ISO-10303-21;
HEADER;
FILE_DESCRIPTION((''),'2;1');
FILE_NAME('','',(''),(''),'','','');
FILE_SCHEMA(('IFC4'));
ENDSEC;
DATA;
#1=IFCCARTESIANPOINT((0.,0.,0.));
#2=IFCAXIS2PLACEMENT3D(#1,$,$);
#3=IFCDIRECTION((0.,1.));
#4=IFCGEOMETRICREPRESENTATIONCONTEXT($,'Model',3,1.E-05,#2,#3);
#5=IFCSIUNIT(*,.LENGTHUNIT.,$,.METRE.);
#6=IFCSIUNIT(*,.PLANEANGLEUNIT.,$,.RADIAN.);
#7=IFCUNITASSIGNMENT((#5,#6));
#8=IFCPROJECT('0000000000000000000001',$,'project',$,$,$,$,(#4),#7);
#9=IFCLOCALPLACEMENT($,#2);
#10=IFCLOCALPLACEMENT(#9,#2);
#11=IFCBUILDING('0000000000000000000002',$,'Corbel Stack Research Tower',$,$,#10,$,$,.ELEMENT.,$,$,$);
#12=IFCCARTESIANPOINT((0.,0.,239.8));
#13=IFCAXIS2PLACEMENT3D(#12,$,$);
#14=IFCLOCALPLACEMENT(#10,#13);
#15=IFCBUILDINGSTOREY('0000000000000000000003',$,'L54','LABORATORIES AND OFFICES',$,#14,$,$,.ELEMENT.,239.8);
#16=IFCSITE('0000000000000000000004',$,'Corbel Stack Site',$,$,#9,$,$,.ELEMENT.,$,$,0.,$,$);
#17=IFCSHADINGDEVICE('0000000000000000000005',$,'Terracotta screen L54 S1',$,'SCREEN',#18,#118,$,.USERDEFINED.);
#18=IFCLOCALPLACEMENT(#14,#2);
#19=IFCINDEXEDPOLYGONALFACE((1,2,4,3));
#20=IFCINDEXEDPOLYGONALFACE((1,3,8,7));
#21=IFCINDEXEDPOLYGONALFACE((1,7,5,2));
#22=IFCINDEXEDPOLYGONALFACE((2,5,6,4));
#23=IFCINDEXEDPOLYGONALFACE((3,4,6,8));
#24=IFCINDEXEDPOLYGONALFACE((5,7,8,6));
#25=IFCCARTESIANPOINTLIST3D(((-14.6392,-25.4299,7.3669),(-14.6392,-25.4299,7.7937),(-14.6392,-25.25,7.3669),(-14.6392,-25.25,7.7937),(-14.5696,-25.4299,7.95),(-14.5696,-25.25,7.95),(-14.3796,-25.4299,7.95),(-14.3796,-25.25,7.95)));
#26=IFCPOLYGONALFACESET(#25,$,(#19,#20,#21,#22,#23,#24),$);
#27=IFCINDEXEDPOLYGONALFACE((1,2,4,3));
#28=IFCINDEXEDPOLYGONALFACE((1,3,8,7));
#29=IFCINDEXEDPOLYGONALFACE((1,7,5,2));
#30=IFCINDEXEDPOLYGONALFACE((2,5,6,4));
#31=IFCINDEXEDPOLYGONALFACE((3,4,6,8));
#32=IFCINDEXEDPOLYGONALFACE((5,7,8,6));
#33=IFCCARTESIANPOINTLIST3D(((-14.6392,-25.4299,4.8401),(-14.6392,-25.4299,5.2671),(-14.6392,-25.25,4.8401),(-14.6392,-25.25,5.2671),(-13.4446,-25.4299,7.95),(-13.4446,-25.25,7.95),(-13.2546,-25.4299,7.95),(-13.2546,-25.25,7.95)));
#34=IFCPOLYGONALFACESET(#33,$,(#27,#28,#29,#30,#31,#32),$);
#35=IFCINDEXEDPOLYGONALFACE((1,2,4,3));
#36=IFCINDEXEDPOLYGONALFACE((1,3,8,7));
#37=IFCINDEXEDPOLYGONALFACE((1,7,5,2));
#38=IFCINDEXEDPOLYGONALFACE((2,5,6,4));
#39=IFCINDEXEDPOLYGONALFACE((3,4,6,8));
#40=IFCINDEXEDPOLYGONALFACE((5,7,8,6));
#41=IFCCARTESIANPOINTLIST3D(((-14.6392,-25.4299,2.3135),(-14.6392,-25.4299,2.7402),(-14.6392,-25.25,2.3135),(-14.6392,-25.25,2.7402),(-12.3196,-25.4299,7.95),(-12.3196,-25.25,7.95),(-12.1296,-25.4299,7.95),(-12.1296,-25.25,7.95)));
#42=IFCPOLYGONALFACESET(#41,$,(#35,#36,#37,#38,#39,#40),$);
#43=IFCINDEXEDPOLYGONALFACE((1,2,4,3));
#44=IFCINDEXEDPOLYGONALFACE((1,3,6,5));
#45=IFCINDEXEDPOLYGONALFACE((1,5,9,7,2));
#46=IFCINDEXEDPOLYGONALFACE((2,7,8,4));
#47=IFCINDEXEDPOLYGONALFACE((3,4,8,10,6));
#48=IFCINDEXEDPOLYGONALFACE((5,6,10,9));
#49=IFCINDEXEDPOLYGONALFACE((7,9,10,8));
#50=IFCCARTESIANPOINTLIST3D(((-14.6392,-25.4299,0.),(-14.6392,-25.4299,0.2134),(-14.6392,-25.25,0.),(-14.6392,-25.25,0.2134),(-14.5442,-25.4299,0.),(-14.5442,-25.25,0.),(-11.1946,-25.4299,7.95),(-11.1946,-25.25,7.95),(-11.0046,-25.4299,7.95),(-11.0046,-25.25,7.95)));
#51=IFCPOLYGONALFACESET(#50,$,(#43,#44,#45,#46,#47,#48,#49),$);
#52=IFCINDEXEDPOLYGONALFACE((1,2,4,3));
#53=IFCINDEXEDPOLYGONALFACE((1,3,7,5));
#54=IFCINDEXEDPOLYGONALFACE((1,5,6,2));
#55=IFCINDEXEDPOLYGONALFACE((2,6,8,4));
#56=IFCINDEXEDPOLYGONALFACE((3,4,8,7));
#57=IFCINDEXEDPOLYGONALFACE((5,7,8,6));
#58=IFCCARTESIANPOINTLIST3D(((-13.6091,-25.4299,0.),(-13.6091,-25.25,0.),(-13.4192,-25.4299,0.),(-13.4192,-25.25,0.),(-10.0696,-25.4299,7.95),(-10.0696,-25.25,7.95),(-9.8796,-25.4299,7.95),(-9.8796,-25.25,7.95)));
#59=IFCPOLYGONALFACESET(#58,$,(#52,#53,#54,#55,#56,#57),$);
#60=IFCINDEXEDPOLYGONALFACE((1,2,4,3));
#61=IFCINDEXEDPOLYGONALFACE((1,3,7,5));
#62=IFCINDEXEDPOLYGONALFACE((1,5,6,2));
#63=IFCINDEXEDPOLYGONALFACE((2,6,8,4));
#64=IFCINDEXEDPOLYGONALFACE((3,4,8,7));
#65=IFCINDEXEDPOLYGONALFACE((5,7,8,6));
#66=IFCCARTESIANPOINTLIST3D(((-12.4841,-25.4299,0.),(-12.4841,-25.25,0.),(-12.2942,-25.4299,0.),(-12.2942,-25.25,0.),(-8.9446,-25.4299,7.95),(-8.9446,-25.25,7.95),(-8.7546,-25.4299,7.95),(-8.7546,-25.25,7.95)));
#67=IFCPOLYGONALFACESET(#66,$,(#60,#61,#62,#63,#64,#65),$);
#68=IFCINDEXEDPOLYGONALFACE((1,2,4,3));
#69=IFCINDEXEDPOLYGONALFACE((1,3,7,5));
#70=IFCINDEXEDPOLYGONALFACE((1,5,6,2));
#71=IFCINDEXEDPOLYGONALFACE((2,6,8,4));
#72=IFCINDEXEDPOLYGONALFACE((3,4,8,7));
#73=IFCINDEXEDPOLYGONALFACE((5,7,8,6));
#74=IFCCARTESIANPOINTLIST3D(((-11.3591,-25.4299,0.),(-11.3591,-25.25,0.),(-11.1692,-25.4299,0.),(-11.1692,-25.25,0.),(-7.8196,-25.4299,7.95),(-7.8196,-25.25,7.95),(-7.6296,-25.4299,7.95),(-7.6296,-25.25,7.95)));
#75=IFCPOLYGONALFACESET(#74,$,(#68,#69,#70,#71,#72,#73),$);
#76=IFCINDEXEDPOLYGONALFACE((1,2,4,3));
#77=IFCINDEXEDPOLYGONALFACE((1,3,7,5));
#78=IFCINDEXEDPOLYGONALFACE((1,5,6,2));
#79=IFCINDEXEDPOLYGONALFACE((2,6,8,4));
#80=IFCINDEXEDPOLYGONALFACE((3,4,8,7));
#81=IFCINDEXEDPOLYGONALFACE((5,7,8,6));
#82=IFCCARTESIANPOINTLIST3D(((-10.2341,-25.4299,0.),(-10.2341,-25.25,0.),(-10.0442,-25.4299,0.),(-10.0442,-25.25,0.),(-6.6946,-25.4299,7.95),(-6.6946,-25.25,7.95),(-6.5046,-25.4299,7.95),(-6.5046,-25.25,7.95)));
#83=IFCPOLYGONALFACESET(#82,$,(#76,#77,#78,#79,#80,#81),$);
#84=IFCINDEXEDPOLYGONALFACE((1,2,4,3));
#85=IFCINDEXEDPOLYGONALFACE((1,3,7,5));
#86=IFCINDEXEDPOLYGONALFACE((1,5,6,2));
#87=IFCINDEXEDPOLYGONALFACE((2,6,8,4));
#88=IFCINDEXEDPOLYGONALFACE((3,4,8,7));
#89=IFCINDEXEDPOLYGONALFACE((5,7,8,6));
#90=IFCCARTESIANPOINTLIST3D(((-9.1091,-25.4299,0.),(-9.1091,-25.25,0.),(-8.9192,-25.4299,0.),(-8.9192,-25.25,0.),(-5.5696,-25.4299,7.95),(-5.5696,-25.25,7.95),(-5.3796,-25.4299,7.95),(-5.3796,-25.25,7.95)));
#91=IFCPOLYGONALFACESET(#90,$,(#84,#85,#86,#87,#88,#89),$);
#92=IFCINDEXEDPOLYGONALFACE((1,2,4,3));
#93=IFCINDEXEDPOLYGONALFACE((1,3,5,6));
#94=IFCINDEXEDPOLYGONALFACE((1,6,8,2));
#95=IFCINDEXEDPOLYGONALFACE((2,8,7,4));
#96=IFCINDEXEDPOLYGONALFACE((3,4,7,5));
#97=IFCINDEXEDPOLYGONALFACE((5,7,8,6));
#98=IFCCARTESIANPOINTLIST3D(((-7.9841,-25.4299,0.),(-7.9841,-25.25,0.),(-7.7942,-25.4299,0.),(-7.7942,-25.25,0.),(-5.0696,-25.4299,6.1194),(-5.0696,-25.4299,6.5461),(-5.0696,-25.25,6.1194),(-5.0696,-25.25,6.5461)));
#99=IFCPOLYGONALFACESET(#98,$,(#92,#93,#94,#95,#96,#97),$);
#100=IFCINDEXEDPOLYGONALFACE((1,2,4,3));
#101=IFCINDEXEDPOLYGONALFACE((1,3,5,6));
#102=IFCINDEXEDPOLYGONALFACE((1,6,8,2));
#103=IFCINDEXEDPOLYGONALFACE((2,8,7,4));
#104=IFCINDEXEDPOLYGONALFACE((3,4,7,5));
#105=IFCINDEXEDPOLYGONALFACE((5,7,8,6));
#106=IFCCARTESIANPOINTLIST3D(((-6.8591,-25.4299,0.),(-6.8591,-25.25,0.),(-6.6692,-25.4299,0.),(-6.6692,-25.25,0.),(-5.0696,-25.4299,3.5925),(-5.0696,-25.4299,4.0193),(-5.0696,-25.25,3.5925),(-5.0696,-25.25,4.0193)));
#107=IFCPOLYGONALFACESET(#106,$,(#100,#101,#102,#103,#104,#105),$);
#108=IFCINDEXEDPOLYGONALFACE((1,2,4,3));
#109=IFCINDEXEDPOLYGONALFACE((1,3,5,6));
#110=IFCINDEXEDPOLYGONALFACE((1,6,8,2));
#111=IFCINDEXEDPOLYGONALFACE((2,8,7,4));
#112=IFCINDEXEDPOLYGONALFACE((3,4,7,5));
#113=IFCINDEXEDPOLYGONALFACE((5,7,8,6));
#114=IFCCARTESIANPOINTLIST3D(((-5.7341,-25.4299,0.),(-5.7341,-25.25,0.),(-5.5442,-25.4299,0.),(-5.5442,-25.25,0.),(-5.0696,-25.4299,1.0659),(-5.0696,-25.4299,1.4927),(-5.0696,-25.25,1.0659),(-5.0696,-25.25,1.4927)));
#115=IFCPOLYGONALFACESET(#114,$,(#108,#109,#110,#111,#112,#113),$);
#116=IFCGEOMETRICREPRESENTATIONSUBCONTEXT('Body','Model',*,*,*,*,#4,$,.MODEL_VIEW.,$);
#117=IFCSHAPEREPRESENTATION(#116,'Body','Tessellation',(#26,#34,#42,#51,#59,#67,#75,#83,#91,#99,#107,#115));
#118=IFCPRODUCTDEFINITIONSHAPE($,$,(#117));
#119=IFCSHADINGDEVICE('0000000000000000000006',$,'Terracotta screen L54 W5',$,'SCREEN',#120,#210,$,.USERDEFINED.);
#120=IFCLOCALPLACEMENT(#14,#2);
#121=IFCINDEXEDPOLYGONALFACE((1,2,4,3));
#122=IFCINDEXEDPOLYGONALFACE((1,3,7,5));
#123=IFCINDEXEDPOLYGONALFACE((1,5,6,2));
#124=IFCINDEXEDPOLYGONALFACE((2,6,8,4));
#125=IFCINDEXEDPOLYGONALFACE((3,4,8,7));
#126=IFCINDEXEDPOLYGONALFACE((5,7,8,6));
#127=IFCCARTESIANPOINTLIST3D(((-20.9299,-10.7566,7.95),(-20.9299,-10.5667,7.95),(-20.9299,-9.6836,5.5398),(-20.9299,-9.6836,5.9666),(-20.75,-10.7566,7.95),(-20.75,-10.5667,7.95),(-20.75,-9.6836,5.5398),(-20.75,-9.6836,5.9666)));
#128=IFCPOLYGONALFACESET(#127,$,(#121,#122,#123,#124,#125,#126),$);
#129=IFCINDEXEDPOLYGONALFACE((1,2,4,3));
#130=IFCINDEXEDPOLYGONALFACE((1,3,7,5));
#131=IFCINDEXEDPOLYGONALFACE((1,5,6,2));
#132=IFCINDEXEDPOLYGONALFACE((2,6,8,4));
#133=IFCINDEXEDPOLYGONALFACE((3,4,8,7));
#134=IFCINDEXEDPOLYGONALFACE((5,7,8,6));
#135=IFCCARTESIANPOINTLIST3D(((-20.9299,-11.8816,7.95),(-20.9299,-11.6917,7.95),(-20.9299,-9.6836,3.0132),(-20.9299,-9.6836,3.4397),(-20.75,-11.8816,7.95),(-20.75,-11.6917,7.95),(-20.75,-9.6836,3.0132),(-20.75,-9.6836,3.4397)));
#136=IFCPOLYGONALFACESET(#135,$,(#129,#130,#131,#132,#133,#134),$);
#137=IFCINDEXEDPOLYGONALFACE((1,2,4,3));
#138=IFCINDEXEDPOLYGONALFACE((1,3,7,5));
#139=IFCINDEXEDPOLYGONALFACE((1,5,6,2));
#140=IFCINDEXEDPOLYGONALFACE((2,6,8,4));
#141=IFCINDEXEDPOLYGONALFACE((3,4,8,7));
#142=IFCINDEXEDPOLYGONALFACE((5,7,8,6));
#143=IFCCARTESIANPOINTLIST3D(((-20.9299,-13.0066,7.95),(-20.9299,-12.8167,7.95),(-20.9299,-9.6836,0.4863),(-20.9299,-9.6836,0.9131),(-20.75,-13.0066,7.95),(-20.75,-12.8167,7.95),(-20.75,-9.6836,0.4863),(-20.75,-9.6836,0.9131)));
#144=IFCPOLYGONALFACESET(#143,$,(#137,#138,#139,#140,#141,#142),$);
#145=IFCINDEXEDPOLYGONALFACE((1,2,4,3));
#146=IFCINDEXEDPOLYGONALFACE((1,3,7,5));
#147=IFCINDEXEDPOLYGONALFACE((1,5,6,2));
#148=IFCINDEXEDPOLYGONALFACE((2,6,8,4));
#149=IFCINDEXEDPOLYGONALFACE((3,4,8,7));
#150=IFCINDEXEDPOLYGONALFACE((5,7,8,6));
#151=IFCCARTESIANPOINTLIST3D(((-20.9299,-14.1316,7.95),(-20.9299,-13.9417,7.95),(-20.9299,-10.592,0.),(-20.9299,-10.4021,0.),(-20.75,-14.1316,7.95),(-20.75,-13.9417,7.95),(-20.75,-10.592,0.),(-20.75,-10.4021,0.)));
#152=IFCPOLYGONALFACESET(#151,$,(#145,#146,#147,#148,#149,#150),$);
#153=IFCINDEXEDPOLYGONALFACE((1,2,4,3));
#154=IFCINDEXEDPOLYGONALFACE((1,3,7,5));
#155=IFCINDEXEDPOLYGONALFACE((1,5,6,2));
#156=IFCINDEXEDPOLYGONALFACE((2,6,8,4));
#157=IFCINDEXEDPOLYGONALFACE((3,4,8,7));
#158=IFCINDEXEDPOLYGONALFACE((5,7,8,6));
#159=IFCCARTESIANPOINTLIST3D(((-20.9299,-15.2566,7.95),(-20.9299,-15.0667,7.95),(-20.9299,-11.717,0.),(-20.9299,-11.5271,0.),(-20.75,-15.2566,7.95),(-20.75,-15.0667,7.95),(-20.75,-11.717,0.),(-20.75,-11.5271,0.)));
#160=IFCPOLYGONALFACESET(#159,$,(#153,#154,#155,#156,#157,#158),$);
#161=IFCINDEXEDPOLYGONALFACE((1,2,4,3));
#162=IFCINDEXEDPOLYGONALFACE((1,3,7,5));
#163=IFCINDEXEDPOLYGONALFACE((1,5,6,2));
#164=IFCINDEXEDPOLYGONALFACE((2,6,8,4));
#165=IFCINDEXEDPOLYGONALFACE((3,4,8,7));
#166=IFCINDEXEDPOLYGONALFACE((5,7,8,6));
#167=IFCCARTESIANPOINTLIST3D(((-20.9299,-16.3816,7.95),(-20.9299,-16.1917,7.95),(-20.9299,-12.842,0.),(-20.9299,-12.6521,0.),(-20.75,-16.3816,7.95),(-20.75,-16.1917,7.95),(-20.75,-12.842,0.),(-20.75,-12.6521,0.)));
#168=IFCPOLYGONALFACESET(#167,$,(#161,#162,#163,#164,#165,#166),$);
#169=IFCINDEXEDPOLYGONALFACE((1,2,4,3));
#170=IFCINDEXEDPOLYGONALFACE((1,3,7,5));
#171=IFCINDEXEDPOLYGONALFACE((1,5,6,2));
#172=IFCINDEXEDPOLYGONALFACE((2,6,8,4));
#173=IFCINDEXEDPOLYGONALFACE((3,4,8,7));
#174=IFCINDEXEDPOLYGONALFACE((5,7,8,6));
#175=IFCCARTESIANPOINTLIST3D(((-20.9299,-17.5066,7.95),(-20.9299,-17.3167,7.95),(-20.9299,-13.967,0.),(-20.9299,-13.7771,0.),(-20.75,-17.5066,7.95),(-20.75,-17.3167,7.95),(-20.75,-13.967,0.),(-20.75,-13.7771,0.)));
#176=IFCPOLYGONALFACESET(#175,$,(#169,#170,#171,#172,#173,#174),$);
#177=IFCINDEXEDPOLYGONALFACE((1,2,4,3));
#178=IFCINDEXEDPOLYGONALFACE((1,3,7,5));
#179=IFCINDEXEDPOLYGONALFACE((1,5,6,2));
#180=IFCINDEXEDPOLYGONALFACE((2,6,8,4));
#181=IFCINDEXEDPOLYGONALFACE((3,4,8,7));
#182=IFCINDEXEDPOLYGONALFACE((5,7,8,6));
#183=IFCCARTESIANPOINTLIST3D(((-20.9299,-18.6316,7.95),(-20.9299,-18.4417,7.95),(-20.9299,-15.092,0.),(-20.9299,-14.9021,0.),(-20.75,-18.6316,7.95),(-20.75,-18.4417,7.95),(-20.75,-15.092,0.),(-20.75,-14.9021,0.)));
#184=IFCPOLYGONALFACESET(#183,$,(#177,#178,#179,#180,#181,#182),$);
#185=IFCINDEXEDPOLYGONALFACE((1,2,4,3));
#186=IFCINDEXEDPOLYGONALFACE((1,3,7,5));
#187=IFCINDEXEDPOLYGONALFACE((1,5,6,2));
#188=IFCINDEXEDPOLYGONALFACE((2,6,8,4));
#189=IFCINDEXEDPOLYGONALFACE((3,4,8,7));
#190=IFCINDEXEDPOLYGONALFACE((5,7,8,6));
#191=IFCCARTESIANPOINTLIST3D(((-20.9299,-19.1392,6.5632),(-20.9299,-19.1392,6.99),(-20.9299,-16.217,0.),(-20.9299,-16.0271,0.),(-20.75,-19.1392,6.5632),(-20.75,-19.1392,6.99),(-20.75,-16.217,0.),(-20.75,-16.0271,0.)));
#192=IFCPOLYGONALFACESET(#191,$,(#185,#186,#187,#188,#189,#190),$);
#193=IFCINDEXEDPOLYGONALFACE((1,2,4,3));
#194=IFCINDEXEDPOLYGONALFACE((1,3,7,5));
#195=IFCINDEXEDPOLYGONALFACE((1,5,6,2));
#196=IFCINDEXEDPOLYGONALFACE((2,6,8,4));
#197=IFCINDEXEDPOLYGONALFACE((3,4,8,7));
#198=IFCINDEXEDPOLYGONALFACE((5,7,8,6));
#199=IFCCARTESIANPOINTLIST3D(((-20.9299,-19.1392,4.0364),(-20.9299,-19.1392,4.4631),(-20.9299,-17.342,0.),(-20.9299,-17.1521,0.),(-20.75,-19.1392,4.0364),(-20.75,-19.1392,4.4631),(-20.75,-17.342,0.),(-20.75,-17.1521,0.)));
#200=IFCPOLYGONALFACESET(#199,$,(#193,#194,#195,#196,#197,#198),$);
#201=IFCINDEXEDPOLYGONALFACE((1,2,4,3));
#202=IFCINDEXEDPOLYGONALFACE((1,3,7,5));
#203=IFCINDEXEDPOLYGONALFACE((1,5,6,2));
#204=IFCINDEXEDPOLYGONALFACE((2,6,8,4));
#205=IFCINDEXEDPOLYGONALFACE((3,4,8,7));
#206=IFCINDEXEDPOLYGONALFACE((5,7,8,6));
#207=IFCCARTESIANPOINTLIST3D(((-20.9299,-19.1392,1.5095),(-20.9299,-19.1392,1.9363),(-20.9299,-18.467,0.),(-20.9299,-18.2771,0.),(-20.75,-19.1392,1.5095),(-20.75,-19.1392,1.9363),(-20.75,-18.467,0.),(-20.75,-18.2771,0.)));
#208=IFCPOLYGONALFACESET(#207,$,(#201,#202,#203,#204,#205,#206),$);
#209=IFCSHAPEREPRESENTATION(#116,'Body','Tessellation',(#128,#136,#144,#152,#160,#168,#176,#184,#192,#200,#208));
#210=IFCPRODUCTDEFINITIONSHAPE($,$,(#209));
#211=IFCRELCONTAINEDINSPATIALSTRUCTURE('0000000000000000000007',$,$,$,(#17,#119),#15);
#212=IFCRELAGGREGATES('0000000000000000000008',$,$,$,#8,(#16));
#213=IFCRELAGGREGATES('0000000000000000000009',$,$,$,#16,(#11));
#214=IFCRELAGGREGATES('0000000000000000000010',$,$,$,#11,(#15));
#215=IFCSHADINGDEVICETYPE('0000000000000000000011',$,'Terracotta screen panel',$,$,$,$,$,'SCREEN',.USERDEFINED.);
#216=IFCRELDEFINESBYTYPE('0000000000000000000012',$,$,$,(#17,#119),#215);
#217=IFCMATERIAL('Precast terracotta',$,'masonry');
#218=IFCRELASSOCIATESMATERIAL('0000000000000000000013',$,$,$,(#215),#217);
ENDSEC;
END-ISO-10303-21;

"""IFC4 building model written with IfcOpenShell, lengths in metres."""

from ifc_helpers import new_model, si_unit, direction, frame, origin, place, context, subcontext, project, spatial, polyline, outline, extrude, source, transform, mapped, material, type_object, element, save


model = new_model("IFC4")

# Units and contexts
model_context = context("Model", 3, precision=1e-05, world=origin(), true_north=direction((0.0, 1.0)))
body_context = subcontext(model_context, "Body", "Model", "MODEL_VIEW")
ifc_project = project(units=[si_unit("LENGTHUNIT", "METRE"), si_unit("PLANEANGLEUNIT", "RADIAN")], contexts=[model_context])

# Site, building, storey
site_placement = place(None, origin())
site = spatial("IfcSite", under=ifc_project, at=site_placement, Name="Corbel Stack Site", CompositionType="ELEMENT", RefElevation=0.0)
building_placement = place(site_placement, origin())
building = spatial("IfcBuilding", under=site, at=building_placement, Name="Corbel Stack Research Tower", CompositionType="ELEMENT")
storey_placement = place(building_placement, frame((0.0, 0.0, 239.8)))
storey = spatial("IfcBuildingStorey", under=building, at=storey_placement, Name="L54", Description="LABORATORIES AND OFFICES", CompositionType="ELEMENT", Elevation=239.8)

# Shading devices
ifc_material_1 = material(Name="Precast terracotta", Category="masonry")
shading_device_type = type_object("IfcShadingDeviceType", Name="Terracotta screen panel", ElementType="SCREEN", PredefinedType="USERDEFINED", material=ifc_material_1)
shared_shape_1 = source(origin(), body_context, "Body", "SweptSolid", [
    extrude(outline(polyline([(0.2595, 7.95), (0.0696, 7.95), (0.0, 7.7937), (0.0, 7.3669), (0.2595, 7.95)])), frame((0.0, 0.0, 0.0), z_axis=(0.0, -1.0, 0.0), x_axis=(1.0, 0.0, 0.0)), (0.0, 0.0, 1.0), 0.1799),
    extrude(outline(polyline([(1.3845, 7.95), (1.1946, 7.95), (0.0, 5.2671), (0.0, 4.8401), (1.3845, 7.95)])), frame((0.0, 0.0, 0.0), z_axis=(0.0, -1.0, 0.0), x_axis=(1.0, 0.0, 0.0)), (0.0, 0.0, 1.0), 0.1799),
    extrude(outline(polyline([(2.5095, 7.95), (2.3196, 7.95), (0.0, 2.7402), (0.0, 2.3135), (2.5095, 7.95)])), frame((0.0, 0.0, 0.0), z_axis=(0.0, -1.0, 0.0), x_axis=(1.0, 0.0, 0.0)), (0.0, 0.0, 1.0), 0.1799),
    extrude(outline(polyline([(0.095, 0.0), (3.6345, 7.95), (3.4446, 7.95), (0.0, 0.2134), (0.0, 0.0), (0.095, 0.0)])), frame((0.0, 0.0, 0.0), z_axis=(0.0, -1.0, 0.0), x_axis=(1.0, 0.0, 0.0)), (0.0, 0.0, 1.0), 0.1799),
    extrude(outline(polyline([(1.22, 0.0), (4.7595, 7.95), (4.5696, 7.95), (1.03, 0.0), (1.22, 0.0)])), frame((0.0, 0.0, 0.0), z_axis=(0.0, -1.0, 0.0), x_axis=(1.0, 0.0, 0.0)), (0.0, 0.0, 1.0), 0.1799),
    extrude(outline(polyline([(2.345, 0.0), (5.8845, 7.95), (5.6946, 7.95), (2.155, 0.0), (2.345, 0.0)])), frame((0.0, 0.0, 0.0), z_axis=(0.0, -1.0, 0.0), x_axis=(1.0, 0.0, 0.0)), (0.0, 0.0, 1.0), 0.1799),
    extrude(outline(polyline([(3.47, 0.0), (7.0095, 7.95), (6.8196, 7.95), (3.28, 0.0), (3.47, 0.0)])), frame((0.0, 0.0, 0.0), z_axis=(0.0, -1.0, 0.0), x_axis=(1.0, 0.0, 0.0)), (0.0, 0.0, 1.0), 0.1799),
    extrude(outline(polyline([(4.595, 0.0), (8.1345, 7.95), (7.9446, 7.95), (4.405, 0.0), (4.595, 0.0)])), frame((0.0, 0.0, 0.0), z_axis=(0.0, -1.0, 0.0), x_axis=(1.0, 0.0, 0.0)), (0.0, 0.0, 1.0), 0.1799),
    extrude(outline(polyline([(5.72, 0.0), (9.2595, 7.95), (9.0696, 7.95), (5.53, 0.0), (5.72, 0.0)])), frame((0.0, 0.0, 0.0), z_axis=(0.0, -1.0, 0.0), x_axis=(1.0, 0.0, 0.0)), (0.0, 0.0, 1.0), 0.1799),
    extrude(outline(polyline([(6.845, 0.0), (9.5696, 6.1194), (9.5696, 6.5461), (6.655, 0.0), (6.845, 0.0)])), frame((0.0, 0.0, 0.0), z_axis=(0.0, -1.0, 0.0), x_axis=(1.0, 0.0, 0.0)), (0.0, 0.0, 1.0), 0.1799),
    extrude(outline(polyline([(7.97, 0.0), (9.5696, 3.5925), (9.5696, 4.0193), (7.78, 0.0), (7.97, 0.0)])), frame((0.0, 0.0, 0.0), z_axis=(0.0, -1.0, 0.0), x_axis=(1.0, 0.0, 0.0)), (0.0, 0.0, 1.0), 0.1799),
    extrude(outline(polyline([(9.095, 0.0), (9.5696, 1.0659), (9.5696, 1.4927), (8.905, 0.0), (9.095, 0.0)])), frame((0.0, 0.0, 0.0), z_axis=(0.0, -1.0, 0.0), x_axis=(1.0, 0.0, 0.0)), (0.0, 0.0, 1.0), 0.1799),
])
shading_device_1_placement = place(storey_placement, frame((-14.6392, -25.25, 0.0), z_axis=(0.0, 0.0, 1.0), x_axis=(1.0, 0.0, 0.0)))
element("IfcShadingDevice", 1, at=shading_device_1_placement, inside=storey, type_object=shading_device_type, Name="Terracotta screen L54 S1", ObjectType="SCREEN", PredefinedType="USERDEFINED", context=body_context, shape_type="MappedRepresentation", body=[
    mapped(shared_shape_1, transform((0.0, 0.0, 0.0))),
])
shared_shape_2 = source(origin(), body_context, "Body", "SweptSolid", [
    extrude(outline(polyline([(1.073, 7.95), (0.8831, 7.95), (0.0, 5.9666), (0.0, 5.5398), (1.073, 7.95)])), frame((0.0, 0.0, 0.0), z_axis=(0.0, -1.0, 0.0), x_axis=(1.0, 0.0, 0.0)), (0.0, 0.0, 1.0), 0.1799),
    extrude(outline(polyline([(2.198, 7.95), (2.0081, 7.95), (0.0, 3.4397), (0.0, 3.0132), (2.198, 7.95)])), frame((0.0, 0.0, 0.0), z_axis=(0.0, -1.0, 0.0), x_axis=(1.0, 0.0, 0.0)), (0.0, 0.0, 1.0), 0.1799),
    extrude(outline(polyline([(3.323, 7.95), (3.1331, 7.95), (0.0, 0.9131), (0.0, 0.4863), (3.323, 7.95)])), frame((0.0, 0.0, 0.0), z_axis=(0.0, -1.0, 0.0), x_axis=(1.0, 0.0, 0.0)), (0.0, 0.0, 1.0), 0.1799),
    extrude(outline(polyline([(0.9084, 0.0), (4.448, 7.95), (4.2581, 7.95), (0.7185, 0.0), (0.9084, 0.0)])), frame((0.0, 0.0, 0.0), z_axis=(0.0, -1.0, 0.0), x_axis=(1.0, 0.0, 0.0)), (0.0, 0.0, 1.0), 0.1799),
    extrude(outline(polyline([(2.0334, 0.0), (5.573, 7.95), (5.3831, 7.95), (1.8435, 0.0), (2.0334, 0.0)])), frame((0.0, 0.0, 0.0), z_axis=(0.0, -1.0, 0.0), x_axis=(1.0, 0.0, 0.0)), (0.0, 0.0, 1.0), 0.1799),
    extrude(outline(polyline([(3.1584, 0.0), (6.698, 7.95), (6.5081, 7.95), (2.9685, 0.0), (3.1584, 0.0)])), frame((0.0, 0.0, 0.0), z_axis=(0.0, -1.0, 0.0), x_axis=(1.0, 0.0, 0.0)), (0.0, 0.0, 1.0), 0.1799),
    extrude(outline(polyline([(4.2834, 0.0), (7.823, 7.95), (7.6331, 7.95), (4.0935, 0.0), (4.2834, 0.0)])), frame((0.0, 0.0, 0.0), z_axis=(0.0, -1.0, 0.0), x_axis=(1.0, 0.0, 0.0)), (0.0, 0.0, 1.0), 0.1799),
    extrude(outline(polyline([(5.4084, 0.0), (8.948, 7.95), (8.7581, 7.95), (5.2185, 0.0), (5.4084, 0.0)])), frame((0.0, 0.0, 0.0), z_axis=(0.0, -1.0, 0.0), x_axis=(1.0, 0.0, 0.0)), (0.0, 0.0, 1.0), 0.1799),
    extrude(outline(polyline([(6.5334, 0.0), (9.4556, 6.5632), (9.4556, 6.99), (6.3435, 0.0), (6.5334, 0.0)])), frame((0.0, 0.0, 0.0), z_axis=(0.0, -1.0, 0.0), x_axis=(1.0, 0.0, 0.0)), (0.0, 0.0, 1.0), 0.1799),
    extrude(outline(polyline([(7.6584, 0.0), (9.4556, 4.0364), (9.4556, 4.4631), (7.4685, 0.0), (7.6584, 0.0)])), frame((0.0, 0.0, 0.0), z_axis=(0.0, -1.0, 0.0), x_axis=(1.0, 0.0, 0.0)), (0.0, 0.0, 1.0), 0.1799),
    extrude(outline(polyline([(8.7834, 0.0), (9.4556, 1.5095), (9.4556, 1.9363), (8.5935, 0.0), (8.7834, 0.0)])), frame((0.0, 0.0, 0.0), z_axis=(0.0, -1.0, 0.0), x_axis=(1.0, 0.0, 0.0)), (0.0, 0.0, 1.0), 0.1799),
])
shading_device_2_placement = place(storey_placement, frame((-20.75, -9.6836, 0.0), z_axis=(0.0, 0.0, 1.0), x_axis=(0.0, -1.0, 0.0)))
element("IfcShadingDevice", 2, at=shading_device_2_placement, inside=storey, type_object=shading_device_type, Name="Terracotta screen L54 W5", ObjectType="SCREEN", PredefinedType="USERDEFINED", context=body_context, shape_type="MappedRepresentation", body=[
    mapped(shared_shape_2, transform((0.0, 0.0, 0.0))),
])

save(model, "model.ifc")
